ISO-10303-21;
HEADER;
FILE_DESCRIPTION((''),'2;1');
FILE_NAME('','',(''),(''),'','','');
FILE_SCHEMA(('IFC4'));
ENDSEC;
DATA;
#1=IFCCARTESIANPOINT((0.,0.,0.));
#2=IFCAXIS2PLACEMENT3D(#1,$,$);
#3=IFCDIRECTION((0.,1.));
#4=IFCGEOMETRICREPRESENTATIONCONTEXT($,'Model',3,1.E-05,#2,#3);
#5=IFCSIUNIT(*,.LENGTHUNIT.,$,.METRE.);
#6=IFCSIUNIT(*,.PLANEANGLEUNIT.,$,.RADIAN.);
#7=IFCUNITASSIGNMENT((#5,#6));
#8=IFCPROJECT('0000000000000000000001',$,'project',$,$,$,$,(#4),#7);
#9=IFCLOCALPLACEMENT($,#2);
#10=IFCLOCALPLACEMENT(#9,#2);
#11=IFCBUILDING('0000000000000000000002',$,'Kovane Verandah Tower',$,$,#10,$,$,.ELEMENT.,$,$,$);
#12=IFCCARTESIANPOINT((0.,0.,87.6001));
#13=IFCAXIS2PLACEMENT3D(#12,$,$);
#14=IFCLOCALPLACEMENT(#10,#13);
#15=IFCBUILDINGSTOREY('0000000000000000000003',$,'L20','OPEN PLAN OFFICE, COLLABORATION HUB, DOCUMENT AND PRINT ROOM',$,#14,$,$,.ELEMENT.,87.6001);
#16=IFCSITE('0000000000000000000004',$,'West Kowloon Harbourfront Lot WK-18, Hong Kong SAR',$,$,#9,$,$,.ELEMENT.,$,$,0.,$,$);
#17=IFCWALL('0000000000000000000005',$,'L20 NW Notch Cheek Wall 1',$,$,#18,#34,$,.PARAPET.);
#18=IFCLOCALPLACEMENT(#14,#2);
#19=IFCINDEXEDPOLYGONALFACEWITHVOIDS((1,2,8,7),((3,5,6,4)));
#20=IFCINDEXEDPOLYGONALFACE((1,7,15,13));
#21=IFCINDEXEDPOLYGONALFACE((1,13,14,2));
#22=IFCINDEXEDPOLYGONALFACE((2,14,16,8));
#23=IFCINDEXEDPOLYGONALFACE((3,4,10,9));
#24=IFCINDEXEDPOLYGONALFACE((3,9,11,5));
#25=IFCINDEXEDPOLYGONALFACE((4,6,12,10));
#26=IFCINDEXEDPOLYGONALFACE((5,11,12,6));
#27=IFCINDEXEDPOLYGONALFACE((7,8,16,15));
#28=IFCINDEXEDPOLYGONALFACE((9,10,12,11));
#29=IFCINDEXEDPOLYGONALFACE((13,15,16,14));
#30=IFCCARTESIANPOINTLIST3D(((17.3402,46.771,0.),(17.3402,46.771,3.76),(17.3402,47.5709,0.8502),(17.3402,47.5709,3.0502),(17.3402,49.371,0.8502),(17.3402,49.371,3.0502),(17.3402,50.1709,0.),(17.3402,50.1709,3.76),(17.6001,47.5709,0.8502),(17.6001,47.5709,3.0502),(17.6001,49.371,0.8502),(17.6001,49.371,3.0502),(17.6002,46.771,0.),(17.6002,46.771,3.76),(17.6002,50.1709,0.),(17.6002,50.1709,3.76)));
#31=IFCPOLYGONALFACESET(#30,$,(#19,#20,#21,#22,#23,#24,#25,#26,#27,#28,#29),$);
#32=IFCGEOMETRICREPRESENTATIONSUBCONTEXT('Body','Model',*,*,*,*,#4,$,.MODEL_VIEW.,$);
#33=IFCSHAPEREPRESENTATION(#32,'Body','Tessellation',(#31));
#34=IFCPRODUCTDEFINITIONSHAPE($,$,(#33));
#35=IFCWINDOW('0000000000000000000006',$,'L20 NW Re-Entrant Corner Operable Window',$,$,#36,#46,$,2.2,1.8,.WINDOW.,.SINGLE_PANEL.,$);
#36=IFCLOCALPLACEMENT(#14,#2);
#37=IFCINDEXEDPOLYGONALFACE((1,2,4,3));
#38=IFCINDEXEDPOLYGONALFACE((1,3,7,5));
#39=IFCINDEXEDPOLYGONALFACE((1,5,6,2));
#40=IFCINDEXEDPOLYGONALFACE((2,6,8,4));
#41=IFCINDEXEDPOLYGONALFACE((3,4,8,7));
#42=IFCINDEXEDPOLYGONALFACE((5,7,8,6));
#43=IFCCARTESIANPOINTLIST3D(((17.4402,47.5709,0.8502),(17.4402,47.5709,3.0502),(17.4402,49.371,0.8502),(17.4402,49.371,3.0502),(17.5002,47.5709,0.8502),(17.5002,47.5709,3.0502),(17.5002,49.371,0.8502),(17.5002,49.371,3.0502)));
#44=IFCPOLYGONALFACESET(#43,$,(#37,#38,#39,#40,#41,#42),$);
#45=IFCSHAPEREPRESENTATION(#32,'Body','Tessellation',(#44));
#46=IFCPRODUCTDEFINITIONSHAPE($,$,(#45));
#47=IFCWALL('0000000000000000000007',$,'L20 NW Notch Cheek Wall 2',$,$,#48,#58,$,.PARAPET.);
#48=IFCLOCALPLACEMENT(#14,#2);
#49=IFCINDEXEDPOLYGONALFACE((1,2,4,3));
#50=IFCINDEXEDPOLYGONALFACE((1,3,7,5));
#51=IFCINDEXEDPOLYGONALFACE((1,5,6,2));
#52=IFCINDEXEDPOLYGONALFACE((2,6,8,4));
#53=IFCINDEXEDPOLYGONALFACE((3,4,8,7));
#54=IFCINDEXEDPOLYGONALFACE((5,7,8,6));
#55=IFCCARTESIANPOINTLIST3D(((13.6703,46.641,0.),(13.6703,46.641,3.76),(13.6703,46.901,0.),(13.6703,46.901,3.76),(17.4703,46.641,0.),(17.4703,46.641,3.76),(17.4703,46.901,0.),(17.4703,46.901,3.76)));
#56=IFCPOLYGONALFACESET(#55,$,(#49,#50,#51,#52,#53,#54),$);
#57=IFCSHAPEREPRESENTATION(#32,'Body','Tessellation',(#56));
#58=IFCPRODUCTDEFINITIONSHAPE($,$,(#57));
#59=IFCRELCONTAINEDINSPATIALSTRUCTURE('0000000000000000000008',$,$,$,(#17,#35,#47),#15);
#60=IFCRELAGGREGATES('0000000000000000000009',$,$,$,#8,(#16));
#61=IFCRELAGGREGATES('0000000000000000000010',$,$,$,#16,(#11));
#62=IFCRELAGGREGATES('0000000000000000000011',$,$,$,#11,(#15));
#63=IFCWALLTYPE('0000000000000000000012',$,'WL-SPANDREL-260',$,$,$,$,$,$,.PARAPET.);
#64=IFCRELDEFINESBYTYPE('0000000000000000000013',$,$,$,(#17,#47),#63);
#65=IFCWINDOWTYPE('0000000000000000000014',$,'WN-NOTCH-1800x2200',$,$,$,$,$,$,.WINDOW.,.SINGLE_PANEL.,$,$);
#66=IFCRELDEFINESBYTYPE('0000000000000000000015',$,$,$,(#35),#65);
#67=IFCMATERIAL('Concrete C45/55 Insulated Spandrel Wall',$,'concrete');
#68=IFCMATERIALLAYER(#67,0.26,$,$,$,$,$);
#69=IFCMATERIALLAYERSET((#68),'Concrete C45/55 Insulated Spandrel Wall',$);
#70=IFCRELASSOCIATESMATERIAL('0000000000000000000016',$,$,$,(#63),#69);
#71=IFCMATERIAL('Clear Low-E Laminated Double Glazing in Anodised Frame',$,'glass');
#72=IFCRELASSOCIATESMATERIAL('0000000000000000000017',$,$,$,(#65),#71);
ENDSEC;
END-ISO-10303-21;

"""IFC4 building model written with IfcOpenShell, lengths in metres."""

from ifc_helpers import new_model, si_unit, direction, frame, frame_2d, origin, place, context, subcontext, project, spatial, rectangle, extrude, material, layer, layer_set, type_object, element, fill, save


model = new_model("IFC4")

# Units and contexts
model_context = context("Model", 3, precision=1e-05, world=origin(), true_north=direction((0.0, 1.0)))
body_context = subcontext(model_context, "Body", "Model", "MODEL_VIEW")
ifc_project = project(units=[si_unit("LENGTHUNIT", "METRE"), si_unit("PLANEANGLEUNIT", "RADIAN")], contexts=[model_context])

# Site, building, storey
site_placement = place(None, origin())
site = spatial("IfcSite", under=ifc_project, at=site_placement, Name="West Kowloon Harbourfront Lot WK-18, Hong Kong SAR", CompositionType="ELEMENT", RefElevation=0.0)
building_placement = place(site_placement, origin())
building = spatial("IfcBuilding", under=site, at=building_placement, Name="Kovane Verandah Tower", CompositionType="ELEMENT")
storey_placement = place(building_placement, frame((0.0, 0.0, 87.6001)))
storey = spatial("IfcBuildingStorey", under=building, at=storey_placement, Name="L20", Description="OPEN PLAN OFFICE, COLLABORATION HUB, DOCUMENT AND PRINT ROOM", CompositionType="ELEMENT", Elevation=87.6001)

# Wall, opening, window
ifc_material_1 = material(Name="Concrete C45/55 Insulated Spandrel Wall", Category="concrete")
ifc_layer_1 = layer(ifc_material_1, 0.26)
ifc_layer_set_1 = layer_set([ifc_layer_1], Name="Concrete C45/55 Insulated Spandrel Wall")
wall_type = type_object("IfcWallType", Name="WL-SPANDREL-260", PredefinedType="PARAPET", material=ifc_layer_set_1)
wall_1_placement = place(storey_placement, frame((17.4702, 50.1709, 0.0), z_axis=(0.0, 0.0, 1.0), x_axis=(0.0, -1.0, 0.0)))
wall_1 = element("IfcWall", 1, at=wall_1_placement, inside=storey, type_object=wall_type, Name="L20 NW Notch Cheek Wall 1", PredefinedType="PARAPET", context=body_context, shape_type="SweptSolid", body=[
    extrude(rectangle(XDim=3.3999, YDim=0.26, at=frame_2d((1.7, 0.0))), origin(), (0.0, 0.0, 1.0), 3.76),
])
opening_placement = place(wall_1_placement, frame((0.8, 0.0, 0.8501)))
opening = element("IfcOpeningElement", 2, at=opening_placement, cuts=wall_1, PredefinedType="OPENING", context=body_context, shape_type="SweptSolid", body=[
    extrude(rectangle(XDim=1.8, YDim=2.2, at=frame_2d((0.8999, 1.1001))), frame((0.0, 0.1299, 0.0), z_axis=(0.0, -1.0, 0.0), x_axis=(1.0, 0.0, 0.0)), (0.0, 0.0, 1.0), 0.26),
])
ifc_material_2 = material(Name="Clear Low-E Laminated Double Glazing in Anodised Frame", Category="glass")
window_type = type_object("IfcWindowType", Name="WN-NOTCH-1800x2200", PartitioningType="SINGLE_PANEL", PredefinedType="WINDOW", material=ifc_material_2)
window_placement = place(opening_placement, origin())
window = element("IfcWindow", 3, at=window_placement, inside=storey, type_object=window_type, Name="L20 NW Re-Entrant Corner Operable Window", OverallHeight=2.2, OverallWidth=1.8, PartitioningType="SINGLE_PANEL", PredefinedType="WINDOW", context=body_context, shape_type="SweptSolid", body=[
    extrude(rectangle(XDim=1.8, YDim=2.2, at=frame_2d((0.8999, 1.1001))), frame((0.0, 0.03, 0.0), z_axis=(0.0, -1.0, 0.0), x_axis=(1.0, 0.0, 0.0)), (0.0, 0.0, 1.0), 0.0601),
])
fill(opening, window)

# Wall
wall_2_placement = place(storey_placement, frame((17.4702, 46.771, 0.0), z_axis=(0.0, 0.0, 1.0), x_axis=(-1.0, 0.0, 0.0)))
element("IfcWall", 4, at=wall_2_placement, inside=storey, type_object=wall_type, Name="L20 NW Notch Cheek Wall 2", PredefinedType="PARAPET", context=body_context, shape_type="SweptSolid", body=[
    extrude(rectangle(XDim=3.8, YDim=0.26, at=frame_2d((1.8999, 0.0))), origin(), (0.0, 0.0, 1.0), 3.76),
])

save(model, "model.ifc")
